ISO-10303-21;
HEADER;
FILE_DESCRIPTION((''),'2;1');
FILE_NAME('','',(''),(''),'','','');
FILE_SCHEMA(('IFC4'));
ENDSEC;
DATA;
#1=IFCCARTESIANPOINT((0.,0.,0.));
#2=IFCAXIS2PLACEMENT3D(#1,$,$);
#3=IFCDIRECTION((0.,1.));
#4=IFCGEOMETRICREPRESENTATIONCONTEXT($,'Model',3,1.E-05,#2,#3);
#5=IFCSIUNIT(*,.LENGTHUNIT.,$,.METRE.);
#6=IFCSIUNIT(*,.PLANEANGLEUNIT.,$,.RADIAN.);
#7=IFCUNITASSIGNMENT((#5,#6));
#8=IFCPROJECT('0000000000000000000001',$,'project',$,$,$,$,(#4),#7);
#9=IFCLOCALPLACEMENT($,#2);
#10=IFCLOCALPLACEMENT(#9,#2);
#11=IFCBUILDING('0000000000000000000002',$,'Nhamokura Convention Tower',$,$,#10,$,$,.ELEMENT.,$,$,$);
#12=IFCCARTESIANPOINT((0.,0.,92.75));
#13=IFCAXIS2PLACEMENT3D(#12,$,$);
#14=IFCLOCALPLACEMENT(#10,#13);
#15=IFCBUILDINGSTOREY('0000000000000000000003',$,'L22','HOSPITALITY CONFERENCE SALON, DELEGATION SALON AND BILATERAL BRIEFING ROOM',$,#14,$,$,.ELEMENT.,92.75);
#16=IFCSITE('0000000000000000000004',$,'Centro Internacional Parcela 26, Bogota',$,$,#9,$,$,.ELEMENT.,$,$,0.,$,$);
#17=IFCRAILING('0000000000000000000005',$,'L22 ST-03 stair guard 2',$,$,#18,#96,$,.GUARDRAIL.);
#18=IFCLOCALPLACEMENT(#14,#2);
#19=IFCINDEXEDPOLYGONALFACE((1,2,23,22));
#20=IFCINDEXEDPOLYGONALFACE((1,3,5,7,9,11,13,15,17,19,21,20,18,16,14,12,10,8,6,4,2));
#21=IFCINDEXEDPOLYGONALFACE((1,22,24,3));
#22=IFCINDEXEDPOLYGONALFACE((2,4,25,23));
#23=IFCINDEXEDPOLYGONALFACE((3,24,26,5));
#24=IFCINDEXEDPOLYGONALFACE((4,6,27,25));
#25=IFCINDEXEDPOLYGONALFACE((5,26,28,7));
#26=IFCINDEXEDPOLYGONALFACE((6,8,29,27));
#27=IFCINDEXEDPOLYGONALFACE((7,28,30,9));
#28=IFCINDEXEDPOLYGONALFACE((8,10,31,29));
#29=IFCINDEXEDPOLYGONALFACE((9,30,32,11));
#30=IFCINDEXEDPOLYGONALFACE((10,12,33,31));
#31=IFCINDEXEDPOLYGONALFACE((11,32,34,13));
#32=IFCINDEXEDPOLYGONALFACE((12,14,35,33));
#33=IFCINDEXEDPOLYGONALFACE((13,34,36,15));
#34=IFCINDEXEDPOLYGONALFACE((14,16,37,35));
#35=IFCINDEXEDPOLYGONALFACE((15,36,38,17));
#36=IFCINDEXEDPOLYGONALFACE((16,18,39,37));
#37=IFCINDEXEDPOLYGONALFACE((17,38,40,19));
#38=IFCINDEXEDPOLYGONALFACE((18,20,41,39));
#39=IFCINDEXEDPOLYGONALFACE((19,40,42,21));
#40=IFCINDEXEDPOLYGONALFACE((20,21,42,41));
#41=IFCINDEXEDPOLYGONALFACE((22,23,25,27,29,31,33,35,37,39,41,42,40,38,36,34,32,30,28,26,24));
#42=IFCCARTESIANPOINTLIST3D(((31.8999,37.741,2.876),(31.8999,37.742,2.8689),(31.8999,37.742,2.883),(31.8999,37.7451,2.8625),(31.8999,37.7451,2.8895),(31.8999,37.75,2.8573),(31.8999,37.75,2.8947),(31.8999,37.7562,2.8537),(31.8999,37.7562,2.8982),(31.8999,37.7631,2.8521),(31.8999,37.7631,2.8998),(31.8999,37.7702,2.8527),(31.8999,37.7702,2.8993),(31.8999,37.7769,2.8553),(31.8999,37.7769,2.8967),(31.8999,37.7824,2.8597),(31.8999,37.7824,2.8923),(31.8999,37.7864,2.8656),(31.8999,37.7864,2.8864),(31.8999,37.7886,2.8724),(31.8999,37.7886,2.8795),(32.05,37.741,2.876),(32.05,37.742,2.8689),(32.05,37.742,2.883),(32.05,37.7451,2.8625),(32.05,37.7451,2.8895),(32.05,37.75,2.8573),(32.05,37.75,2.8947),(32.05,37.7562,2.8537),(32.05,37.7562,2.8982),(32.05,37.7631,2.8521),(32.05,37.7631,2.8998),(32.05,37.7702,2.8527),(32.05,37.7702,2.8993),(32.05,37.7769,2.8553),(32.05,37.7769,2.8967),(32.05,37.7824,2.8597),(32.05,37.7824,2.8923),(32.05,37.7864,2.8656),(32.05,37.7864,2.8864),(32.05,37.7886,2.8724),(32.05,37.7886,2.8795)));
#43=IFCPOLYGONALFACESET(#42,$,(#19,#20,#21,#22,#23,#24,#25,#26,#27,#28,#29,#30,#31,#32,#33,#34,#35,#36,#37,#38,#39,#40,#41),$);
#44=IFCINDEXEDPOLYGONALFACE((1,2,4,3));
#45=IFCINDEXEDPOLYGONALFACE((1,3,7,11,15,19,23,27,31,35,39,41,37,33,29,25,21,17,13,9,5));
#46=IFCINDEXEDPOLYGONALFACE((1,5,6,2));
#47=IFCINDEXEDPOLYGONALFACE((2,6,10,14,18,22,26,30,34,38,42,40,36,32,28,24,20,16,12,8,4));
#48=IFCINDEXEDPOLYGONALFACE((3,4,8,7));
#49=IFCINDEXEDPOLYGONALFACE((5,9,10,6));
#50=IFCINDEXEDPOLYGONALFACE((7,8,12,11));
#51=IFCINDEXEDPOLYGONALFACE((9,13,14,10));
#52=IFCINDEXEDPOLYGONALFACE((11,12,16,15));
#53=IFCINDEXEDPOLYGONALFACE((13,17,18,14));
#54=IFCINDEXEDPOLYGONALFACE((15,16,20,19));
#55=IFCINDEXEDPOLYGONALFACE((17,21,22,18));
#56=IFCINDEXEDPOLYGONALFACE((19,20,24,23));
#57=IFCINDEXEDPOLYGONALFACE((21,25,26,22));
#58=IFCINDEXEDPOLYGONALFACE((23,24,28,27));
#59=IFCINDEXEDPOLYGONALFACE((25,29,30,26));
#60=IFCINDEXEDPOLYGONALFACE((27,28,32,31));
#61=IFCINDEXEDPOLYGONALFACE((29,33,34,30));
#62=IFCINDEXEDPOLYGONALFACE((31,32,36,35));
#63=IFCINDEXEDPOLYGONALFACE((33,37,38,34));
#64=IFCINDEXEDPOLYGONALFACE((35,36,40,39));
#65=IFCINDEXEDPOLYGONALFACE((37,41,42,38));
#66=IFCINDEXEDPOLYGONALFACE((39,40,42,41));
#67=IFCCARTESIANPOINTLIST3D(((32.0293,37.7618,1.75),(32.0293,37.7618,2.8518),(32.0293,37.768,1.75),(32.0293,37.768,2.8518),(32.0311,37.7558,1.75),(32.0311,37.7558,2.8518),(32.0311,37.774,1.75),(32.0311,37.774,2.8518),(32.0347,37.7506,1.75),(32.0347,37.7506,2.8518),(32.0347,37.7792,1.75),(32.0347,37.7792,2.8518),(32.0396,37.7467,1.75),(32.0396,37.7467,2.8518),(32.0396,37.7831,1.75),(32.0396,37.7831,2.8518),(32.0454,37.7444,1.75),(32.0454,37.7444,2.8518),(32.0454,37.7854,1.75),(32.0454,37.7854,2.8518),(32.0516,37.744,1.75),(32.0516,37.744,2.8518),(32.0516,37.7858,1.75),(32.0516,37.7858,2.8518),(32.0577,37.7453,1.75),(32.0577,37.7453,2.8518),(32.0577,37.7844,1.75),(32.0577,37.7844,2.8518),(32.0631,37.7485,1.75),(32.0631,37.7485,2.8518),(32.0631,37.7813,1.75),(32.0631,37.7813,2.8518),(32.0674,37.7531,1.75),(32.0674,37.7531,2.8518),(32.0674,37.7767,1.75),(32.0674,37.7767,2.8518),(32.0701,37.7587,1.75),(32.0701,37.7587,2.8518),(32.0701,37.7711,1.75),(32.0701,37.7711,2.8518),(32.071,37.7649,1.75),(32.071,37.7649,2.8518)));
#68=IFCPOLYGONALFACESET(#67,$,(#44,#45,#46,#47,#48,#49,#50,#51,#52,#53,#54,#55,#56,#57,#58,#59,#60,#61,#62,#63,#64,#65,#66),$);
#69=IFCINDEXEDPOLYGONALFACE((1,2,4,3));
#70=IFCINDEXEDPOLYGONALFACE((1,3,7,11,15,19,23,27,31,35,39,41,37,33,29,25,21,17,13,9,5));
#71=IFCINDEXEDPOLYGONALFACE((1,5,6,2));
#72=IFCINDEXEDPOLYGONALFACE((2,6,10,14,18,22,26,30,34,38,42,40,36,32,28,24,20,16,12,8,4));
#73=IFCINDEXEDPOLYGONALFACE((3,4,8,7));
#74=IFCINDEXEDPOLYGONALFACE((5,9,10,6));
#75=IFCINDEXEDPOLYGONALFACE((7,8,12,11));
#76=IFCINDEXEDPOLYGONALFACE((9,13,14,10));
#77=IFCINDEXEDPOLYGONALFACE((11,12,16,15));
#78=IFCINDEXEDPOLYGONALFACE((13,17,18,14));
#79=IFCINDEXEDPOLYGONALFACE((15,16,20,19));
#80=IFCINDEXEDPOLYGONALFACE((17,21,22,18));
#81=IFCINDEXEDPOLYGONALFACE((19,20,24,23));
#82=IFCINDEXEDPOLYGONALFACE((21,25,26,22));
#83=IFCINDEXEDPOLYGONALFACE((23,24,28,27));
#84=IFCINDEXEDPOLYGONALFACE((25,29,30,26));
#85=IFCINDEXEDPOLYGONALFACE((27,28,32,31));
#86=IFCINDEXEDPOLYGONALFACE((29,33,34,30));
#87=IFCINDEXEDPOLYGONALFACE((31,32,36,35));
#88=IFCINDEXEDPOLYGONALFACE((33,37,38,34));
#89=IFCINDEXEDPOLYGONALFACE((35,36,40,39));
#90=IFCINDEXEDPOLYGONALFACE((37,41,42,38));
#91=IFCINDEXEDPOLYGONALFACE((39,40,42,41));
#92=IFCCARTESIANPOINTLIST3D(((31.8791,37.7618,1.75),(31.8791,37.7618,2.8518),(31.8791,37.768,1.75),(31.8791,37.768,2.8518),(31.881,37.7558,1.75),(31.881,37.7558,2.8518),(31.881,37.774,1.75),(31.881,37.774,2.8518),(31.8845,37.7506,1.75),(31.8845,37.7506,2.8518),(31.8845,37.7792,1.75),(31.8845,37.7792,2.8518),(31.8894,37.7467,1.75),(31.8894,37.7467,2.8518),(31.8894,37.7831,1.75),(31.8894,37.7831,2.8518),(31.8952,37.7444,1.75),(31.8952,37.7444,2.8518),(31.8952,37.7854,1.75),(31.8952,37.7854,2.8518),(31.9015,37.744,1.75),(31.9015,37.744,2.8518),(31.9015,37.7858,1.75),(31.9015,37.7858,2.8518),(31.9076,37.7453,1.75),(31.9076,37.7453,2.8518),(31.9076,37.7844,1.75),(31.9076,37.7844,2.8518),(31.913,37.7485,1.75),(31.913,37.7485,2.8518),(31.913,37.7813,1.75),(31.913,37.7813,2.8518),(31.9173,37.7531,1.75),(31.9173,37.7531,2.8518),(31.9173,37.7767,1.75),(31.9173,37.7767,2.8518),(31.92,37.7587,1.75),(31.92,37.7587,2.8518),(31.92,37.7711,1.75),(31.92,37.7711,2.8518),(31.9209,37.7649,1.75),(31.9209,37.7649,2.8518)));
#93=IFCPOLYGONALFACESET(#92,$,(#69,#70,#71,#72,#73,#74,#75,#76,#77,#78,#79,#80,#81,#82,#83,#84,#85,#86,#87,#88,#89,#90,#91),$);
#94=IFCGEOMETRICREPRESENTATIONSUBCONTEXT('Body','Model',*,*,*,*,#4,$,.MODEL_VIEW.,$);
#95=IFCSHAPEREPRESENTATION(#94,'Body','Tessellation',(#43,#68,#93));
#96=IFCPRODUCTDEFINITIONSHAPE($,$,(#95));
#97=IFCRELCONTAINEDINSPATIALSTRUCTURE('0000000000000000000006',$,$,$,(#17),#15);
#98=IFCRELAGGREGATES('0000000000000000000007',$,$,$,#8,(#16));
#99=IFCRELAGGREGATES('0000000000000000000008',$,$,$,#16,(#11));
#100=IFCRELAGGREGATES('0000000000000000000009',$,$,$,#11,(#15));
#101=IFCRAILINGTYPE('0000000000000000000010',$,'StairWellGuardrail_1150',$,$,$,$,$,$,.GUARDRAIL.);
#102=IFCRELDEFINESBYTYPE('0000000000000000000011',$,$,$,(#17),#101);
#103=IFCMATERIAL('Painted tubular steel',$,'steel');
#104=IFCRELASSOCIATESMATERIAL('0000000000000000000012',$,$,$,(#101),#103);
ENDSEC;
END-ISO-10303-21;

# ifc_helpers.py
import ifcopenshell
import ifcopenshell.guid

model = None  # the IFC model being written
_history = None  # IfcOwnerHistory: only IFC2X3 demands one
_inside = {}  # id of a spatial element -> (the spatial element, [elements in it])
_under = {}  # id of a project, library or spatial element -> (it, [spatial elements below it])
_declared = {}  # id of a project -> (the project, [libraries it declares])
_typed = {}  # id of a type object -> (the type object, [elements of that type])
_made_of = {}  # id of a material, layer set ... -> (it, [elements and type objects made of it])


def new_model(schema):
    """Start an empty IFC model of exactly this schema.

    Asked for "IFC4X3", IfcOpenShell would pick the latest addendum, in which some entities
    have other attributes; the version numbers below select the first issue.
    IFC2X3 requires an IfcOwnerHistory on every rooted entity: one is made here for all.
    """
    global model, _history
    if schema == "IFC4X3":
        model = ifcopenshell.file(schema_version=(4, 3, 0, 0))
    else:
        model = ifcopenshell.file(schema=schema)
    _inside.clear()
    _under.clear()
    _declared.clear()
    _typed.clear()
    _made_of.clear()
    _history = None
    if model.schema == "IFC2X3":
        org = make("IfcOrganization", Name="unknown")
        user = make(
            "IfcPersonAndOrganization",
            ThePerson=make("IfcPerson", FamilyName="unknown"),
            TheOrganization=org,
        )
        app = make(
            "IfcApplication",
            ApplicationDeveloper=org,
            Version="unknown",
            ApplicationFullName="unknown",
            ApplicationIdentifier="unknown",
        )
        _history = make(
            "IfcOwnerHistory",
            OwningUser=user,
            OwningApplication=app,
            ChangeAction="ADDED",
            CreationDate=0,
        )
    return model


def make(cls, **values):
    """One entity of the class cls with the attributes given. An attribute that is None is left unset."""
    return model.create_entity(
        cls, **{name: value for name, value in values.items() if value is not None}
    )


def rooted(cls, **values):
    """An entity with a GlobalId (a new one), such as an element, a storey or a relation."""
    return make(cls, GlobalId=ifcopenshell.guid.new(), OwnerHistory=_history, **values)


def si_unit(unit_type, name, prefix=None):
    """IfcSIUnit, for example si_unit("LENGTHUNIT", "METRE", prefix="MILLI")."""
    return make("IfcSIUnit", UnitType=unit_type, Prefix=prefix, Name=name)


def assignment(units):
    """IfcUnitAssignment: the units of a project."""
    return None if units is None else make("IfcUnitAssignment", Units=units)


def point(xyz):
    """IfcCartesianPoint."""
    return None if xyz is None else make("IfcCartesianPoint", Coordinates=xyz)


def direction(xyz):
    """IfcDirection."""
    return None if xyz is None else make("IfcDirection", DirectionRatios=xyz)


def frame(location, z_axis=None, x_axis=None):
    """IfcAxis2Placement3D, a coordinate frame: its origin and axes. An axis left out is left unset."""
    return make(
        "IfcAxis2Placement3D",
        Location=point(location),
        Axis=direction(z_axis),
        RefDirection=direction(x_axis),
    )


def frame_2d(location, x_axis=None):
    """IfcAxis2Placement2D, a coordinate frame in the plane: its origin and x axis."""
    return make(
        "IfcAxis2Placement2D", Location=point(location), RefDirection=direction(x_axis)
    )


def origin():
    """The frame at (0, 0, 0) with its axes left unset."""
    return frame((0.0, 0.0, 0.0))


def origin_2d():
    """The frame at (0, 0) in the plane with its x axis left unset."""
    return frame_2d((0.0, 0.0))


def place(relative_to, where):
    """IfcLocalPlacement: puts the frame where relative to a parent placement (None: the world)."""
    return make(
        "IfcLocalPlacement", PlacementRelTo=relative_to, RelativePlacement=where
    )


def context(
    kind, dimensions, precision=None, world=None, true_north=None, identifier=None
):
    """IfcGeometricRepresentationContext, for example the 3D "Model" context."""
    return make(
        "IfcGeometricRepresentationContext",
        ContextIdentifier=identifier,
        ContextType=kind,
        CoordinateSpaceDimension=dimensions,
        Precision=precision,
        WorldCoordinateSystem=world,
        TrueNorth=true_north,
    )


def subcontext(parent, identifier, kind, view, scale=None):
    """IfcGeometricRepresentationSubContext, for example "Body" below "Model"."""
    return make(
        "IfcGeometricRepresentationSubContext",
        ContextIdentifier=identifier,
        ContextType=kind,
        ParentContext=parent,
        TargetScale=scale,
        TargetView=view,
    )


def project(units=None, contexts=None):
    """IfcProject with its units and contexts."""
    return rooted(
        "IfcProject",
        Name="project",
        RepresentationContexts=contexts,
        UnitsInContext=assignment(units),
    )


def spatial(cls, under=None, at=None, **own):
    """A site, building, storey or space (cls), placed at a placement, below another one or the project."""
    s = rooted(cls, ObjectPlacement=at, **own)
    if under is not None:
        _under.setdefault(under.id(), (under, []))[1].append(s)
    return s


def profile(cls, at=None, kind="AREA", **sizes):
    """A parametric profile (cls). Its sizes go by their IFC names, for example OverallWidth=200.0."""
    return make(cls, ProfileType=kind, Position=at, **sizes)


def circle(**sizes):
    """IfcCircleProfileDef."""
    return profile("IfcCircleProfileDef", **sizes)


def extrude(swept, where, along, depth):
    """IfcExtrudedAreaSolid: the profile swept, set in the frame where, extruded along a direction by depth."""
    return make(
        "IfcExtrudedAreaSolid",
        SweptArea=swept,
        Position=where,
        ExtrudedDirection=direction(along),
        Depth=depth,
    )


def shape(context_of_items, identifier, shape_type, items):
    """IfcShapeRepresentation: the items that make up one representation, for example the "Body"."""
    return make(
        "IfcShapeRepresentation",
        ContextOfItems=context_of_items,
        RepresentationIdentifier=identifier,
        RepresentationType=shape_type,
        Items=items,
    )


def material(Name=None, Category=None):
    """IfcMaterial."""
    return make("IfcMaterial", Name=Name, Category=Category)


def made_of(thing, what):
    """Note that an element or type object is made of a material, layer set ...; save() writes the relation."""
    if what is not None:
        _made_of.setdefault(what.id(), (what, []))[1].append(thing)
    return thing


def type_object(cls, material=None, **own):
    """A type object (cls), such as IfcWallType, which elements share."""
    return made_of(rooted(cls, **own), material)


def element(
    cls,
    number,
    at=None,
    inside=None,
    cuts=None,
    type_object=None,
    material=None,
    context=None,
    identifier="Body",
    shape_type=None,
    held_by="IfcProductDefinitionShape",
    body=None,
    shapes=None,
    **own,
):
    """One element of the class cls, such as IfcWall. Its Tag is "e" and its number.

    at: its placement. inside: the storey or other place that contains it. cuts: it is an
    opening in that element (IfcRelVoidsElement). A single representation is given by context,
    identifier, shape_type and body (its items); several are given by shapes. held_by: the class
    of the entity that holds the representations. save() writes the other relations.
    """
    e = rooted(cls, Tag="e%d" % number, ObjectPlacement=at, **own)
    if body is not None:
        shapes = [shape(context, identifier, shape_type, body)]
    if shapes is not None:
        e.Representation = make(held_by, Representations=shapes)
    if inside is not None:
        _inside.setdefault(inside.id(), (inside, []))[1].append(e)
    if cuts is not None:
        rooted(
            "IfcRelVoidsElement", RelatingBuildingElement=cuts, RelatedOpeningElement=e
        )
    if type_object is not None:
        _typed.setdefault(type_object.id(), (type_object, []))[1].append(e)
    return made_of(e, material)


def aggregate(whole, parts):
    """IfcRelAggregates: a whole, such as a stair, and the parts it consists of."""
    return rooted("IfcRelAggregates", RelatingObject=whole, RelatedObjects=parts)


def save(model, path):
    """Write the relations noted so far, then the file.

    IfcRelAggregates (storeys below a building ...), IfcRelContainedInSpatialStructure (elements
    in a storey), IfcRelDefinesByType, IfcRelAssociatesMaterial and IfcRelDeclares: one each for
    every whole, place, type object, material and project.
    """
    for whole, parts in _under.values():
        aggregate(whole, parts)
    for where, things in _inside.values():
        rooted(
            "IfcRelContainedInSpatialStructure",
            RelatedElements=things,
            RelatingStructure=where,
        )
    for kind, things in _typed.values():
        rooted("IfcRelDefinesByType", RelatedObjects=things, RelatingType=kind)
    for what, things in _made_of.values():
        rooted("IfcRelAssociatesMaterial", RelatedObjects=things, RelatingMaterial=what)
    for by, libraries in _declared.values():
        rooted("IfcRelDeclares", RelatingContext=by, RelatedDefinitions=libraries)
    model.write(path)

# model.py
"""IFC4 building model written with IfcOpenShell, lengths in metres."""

from ifc_helpers import new_model, si_unit, direction, frame, origin, origin_2d, place, context, subcontext, project, spatial, circle, extrude, material, type_object, element, save


model = new_model("IFC4")

# Units and contexts
model_context = context("Model", 3, precision=1e-05, world=origin(), true_north=direction((0.0, 1.0)))
body_context = subcontext(model_context, "Body", "Model", "MODEL_VIEW")
ifc_project = project(units=[si_unit("LENGTHUNIT", "METRE"), si_unit("PLANEANGLEUNIT", "RADIAN")], contexts=[model_context])

# Site, building, storey
site_placement = place(None, origin())
site = spatial("IfcSite", under=ifc_project, at=site_placement, Name="Centro Internacional Parcela 26, Bogota", CompositionType="ELEMENT", RefElevation=0.0)
building_placement = place(site_placement, origin())
building = spatial("IfcBuilding", under=site, at=building_placement, Name="Nhamokura Convention Tower", CompositionType="ELEMENT")
storey_placement = place(building_placement, frame((0.0, 0.0, 92.75)))
storey = spatial("IfcBuildingStorey", under=building, at=storey_placement, Name="L22", Description="HOSPITALITY CONFERENCE SALON, DELEGATION SALON AND BILATERAL BRIEFING ROOM", CompositionType="ELEMENT", Elevation=92.75)

# Railing
ifc_material_1 = material(Name="Painted tubular steel", Category="steel")
railing_type = type_object("IfcRailingType", Name="StairWellGuardrail_1150", PredefinedType="GUARDRAIL", material=ifc_material_1)
railing_placement = place(storey_placement, frame((32.05, 37.7649, 1.75)))
element("IfcRailing", 1, at=railing_placement, inside=storey, type_object=railing_type, Name="L22 ST-03 stair guard 2", PredefinedType="GUARDRAIL", context=body_context, shape_type="SweptSolid", body=[
    extrude(circle(Radius=0.0239, at=origin_2d()), frame((0.0, 0.0, 1.126), z_axis=(-1.0, 0.0, 0.0), x_axis=(0.0, -1.0, 0.0)), (0.0, 0.0, 1.0), 0.1501),
    extrude(circle(Radius=0.021, at=origin_2d()), origin(), (0.0, 0.0, 1.0), 1.1018),
    extrude(circle(Radius=0.021, at=origin_2d()), frame((-0.1501, 0.0, 0.0)), (0.0, 0.0, 1.0), 1.1018),
])

save(model, "model.ifc")
